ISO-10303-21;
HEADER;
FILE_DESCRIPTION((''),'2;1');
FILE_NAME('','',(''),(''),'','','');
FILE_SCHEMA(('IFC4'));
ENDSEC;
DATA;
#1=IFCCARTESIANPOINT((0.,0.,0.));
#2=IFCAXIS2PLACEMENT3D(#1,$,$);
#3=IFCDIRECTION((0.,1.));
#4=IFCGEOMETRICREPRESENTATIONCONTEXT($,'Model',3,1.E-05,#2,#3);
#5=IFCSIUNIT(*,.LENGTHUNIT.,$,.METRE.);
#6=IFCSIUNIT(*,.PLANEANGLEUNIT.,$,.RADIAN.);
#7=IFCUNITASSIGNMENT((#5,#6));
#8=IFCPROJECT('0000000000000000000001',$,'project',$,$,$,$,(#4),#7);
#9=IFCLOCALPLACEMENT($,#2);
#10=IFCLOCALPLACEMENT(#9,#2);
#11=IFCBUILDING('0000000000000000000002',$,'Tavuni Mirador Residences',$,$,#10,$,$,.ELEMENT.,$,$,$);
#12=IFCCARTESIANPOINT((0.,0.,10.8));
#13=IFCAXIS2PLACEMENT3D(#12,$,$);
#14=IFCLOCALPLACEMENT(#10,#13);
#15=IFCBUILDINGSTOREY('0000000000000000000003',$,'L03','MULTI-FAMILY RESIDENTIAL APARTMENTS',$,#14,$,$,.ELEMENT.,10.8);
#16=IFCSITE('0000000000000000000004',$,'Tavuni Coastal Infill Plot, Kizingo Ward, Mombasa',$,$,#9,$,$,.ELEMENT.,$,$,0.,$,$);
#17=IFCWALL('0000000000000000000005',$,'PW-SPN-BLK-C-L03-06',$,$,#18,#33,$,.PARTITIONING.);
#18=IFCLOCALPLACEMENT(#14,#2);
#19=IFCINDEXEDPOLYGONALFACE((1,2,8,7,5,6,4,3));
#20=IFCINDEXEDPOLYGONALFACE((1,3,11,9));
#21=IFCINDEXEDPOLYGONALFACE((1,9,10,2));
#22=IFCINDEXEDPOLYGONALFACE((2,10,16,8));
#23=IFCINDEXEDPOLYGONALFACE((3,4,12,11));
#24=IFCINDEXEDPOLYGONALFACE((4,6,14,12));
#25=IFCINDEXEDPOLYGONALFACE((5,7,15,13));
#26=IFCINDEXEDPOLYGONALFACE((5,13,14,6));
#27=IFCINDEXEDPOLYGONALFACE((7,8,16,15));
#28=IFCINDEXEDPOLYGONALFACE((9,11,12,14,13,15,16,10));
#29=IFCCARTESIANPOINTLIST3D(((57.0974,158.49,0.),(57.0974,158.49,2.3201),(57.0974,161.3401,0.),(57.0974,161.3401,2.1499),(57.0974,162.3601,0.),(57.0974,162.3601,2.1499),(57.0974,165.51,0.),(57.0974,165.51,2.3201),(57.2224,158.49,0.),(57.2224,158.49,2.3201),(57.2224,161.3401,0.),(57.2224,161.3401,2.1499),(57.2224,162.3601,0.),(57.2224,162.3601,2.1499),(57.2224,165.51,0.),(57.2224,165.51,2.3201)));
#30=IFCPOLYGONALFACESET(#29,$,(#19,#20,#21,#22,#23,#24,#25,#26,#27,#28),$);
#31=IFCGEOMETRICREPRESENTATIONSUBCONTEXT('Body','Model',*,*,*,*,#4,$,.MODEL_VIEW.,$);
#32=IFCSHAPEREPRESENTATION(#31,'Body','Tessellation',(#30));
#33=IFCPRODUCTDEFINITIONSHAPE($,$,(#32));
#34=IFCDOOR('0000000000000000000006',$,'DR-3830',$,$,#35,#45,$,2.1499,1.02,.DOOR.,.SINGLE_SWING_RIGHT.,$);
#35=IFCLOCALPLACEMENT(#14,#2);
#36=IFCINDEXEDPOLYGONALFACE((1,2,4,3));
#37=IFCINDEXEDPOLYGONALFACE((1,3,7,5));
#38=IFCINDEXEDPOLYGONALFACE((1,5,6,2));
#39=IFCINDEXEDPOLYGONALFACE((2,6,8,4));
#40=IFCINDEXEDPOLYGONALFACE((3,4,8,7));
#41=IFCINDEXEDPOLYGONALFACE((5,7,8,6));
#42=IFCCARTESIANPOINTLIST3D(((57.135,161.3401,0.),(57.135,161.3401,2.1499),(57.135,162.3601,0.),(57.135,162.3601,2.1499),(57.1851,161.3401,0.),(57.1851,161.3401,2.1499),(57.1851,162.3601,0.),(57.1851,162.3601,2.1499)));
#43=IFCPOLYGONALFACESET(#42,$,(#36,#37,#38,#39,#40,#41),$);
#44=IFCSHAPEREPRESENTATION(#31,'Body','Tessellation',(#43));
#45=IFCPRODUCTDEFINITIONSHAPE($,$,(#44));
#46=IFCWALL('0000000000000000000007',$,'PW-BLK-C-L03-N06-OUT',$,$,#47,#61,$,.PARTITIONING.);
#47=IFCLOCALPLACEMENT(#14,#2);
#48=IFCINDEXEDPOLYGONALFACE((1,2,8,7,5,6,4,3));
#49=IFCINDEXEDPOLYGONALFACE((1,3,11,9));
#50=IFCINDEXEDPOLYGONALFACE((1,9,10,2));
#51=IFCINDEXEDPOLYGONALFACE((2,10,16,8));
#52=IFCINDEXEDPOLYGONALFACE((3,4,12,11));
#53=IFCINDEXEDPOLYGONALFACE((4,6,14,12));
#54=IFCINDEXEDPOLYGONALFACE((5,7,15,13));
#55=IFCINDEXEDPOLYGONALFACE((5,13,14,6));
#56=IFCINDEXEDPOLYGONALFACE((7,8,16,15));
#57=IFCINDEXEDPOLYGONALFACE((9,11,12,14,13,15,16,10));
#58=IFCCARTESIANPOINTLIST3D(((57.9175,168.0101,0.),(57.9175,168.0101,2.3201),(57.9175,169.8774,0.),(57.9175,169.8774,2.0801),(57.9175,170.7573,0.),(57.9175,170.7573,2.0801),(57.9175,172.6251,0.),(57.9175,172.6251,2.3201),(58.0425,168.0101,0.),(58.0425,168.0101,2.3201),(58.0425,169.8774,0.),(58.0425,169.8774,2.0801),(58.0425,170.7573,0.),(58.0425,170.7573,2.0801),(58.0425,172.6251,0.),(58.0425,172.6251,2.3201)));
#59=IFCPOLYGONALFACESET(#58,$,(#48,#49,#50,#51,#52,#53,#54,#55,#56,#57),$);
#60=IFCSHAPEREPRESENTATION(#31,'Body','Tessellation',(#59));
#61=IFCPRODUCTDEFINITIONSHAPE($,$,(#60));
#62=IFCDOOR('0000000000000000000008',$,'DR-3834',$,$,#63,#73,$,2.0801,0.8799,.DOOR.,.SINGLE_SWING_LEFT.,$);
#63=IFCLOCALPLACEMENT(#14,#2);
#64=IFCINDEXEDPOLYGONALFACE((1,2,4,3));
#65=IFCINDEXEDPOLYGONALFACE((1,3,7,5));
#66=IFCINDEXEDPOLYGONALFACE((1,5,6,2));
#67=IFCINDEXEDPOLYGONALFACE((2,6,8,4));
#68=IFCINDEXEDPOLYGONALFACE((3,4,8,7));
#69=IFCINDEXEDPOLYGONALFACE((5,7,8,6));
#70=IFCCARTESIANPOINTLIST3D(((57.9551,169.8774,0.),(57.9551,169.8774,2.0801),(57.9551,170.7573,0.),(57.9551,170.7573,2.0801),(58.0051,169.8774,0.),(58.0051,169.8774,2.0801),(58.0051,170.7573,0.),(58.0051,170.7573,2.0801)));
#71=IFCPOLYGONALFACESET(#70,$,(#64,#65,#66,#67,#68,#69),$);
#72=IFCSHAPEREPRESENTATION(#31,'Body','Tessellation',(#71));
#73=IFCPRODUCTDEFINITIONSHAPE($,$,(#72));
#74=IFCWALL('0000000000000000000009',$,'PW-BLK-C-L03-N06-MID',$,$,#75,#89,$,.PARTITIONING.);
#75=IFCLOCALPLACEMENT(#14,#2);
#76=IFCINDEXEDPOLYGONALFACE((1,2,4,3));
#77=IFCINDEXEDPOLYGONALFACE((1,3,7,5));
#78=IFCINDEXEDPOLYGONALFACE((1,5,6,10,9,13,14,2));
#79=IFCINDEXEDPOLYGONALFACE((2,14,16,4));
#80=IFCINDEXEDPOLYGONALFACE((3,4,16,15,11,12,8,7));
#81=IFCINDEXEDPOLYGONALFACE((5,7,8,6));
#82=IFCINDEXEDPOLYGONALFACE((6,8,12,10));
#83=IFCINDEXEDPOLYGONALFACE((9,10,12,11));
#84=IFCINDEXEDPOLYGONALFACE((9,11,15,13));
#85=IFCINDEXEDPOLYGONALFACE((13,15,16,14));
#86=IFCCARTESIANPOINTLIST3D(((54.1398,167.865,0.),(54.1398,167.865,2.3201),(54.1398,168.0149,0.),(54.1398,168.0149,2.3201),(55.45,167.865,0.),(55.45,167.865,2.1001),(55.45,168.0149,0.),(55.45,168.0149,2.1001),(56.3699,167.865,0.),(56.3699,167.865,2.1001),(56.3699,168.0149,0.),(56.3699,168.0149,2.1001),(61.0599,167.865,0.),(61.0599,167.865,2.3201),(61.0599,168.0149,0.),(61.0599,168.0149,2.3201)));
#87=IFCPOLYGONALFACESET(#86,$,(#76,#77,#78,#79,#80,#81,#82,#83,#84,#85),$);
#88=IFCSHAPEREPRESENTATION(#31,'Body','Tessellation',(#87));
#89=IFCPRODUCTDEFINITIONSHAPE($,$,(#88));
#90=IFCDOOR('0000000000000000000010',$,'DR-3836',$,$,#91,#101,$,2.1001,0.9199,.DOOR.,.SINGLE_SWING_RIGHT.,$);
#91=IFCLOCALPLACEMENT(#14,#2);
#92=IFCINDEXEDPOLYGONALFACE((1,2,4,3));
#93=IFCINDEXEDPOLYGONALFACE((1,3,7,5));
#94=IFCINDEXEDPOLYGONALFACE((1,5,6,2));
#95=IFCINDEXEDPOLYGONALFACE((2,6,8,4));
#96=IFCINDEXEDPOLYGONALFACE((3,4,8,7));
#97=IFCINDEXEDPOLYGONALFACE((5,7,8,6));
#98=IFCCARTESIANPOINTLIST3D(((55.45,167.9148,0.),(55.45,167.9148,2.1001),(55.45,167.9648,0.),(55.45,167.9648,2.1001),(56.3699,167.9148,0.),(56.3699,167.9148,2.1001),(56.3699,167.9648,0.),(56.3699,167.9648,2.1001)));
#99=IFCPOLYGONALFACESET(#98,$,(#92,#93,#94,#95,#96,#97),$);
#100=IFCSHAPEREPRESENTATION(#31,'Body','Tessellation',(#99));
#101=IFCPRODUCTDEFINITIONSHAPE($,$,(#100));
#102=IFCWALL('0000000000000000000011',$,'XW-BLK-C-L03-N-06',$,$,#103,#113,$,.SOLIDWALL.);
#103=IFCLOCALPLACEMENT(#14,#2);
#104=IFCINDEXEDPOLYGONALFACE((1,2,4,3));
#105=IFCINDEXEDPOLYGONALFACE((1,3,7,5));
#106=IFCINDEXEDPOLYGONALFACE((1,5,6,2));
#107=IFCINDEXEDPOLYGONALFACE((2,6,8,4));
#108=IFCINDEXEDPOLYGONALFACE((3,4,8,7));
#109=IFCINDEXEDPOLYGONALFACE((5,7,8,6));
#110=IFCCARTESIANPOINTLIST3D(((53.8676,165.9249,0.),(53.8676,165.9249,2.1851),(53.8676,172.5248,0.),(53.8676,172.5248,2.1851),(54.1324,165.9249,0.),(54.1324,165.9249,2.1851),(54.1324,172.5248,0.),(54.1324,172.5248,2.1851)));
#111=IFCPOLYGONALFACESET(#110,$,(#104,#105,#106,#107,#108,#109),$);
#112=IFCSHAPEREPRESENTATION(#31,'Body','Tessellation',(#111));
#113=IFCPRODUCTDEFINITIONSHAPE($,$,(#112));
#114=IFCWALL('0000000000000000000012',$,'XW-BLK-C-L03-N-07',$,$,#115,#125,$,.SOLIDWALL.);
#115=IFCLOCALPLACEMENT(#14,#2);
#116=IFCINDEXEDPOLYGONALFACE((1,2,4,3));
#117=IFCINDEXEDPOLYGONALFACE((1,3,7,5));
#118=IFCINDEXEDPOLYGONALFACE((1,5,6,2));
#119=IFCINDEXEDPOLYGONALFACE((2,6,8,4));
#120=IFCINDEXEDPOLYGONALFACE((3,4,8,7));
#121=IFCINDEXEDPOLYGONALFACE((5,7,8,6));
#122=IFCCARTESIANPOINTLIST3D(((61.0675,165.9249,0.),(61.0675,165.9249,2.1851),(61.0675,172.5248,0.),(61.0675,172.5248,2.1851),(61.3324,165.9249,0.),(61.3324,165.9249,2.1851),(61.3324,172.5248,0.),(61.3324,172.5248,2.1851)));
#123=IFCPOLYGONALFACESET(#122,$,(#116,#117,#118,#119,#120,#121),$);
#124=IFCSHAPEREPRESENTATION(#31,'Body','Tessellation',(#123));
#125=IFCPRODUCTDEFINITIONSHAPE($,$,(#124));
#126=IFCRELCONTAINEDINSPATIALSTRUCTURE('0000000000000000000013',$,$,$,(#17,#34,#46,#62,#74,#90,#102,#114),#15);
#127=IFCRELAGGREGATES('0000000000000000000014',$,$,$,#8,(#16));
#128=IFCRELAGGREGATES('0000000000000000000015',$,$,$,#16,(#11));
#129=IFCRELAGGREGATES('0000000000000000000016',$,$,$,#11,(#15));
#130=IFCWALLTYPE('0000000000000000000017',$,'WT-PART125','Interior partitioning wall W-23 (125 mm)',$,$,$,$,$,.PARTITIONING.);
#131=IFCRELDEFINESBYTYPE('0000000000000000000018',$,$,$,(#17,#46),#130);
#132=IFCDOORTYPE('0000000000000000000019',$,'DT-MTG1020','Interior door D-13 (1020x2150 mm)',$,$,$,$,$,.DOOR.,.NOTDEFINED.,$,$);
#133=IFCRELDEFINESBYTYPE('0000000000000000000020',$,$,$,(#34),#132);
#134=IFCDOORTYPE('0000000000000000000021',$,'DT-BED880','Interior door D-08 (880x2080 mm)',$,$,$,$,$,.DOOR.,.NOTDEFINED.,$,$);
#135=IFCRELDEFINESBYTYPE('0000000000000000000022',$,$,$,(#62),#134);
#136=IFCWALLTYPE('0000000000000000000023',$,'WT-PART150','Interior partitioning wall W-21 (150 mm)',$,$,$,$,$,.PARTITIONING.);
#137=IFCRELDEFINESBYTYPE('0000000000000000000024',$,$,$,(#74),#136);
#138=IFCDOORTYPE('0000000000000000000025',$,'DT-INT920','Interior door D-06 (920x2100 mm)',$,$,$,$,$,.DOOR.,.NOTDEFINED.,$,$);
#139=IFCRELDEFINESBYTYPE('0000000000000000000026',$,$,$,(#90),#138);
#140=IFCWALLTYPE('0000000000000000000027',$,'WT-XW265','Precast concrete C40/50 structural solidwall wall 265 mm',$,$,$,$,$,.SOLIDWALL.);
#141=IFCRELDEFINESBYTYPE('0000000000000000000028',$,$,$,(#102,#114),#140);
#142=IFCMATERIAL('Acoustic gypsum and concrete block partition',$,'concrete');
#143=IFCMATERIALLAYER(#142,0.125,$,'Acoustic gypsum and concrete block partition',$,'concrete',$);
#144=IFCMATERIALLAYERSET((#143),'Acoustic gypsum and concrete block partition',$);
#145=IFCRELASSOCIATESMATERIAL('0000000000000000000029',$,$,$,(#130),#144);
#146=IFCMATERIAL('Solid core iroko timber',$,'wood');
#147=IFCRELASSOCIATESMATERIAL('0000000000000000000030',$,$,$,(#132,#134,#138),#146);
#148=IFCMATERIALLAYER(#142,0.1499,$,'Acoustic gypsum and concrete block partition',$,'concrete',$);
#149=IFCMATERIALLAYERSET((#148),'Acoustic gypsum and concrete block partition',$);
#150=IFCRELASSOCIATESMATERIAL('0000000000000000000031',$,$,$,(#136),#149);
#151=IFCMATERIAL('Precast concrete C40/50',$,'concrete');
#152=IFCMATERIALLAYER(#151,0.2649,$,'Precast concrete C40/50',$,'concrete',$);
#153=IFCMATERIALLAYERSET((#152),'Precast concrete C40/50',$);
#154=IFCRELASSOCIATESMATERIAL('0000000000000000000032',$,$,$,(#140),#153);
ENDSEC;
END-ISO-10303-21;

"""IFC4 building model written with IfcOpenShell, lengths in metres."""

from ifc_helpers import new_model, si_unit, direction, frame, frame_2d, origin, place, context, subcontext, project, spatial, rectangle, extrude, material, layer, layer_set, type_object, element, fill, save


model = new_model("IFC4")

# Units and contexts
model_context = context("Model", 3, precision=1e-05, world=origin(), true_north=direction((0.0, 1.0)))
body_context = subcontext(model_context, "Body", "Model", "MODEL_VIEW")
ifc_project = project(units=[si_unit("LENGTHUNIT", "METRE"), si_unit("PLANEANGLEUNIT", "RADIAN")], contexts=[model_context])

# Site, building, storey
site_placement = place(None, origin())
site = spatial("IfcSite", under=ifc_project, at=site_placement, Name="Tavuni Coastal Infill Plot, Kizingo Ward, Mombasa", CompositionType="ELEMENT", RefElevation=0.0)
building_placement = place(site_placement, origin())
building = spatial("IfcBuilding", under=site, at=building_placement, Name="Tavuni Mirador Residences", CompositionType="ELEMENT")
storey_placement = place(building_placement, frame((0.0, 0.0, 10.8)))
storey = spatial("IfcBuildingStorey", under=building, at=storey_placement, Name="L03", Description="MULTI-FAMILY RESIDENTIAL APARTMENTS", CompositionType="ELEMENT", Elevation=10.8)

# Shared definitions
ifc_material_1 = material(Name="Precast concrete C40/50", Category="concrete")

# Shared definitions
ifc_material_2 = material(Name="Solid core iroko timber", Category="wood")

# Walls, openings, doors
ifc_material_3 = material(Name="Acoustic gypsum and concrete block partition", Category="concrete")
ifc_layer_1 = layer(ifc_material_3, 0.125, Name="Acoustic gypsum and concrete block partition", Category="concrete")
ifc_layer_set_1 = layer_set([ifc_layer_1], Name="Acoustic gypsum and concrete block partition")
wall_type_1 = type_object("IfcWallType", Name="WT-PART125", Description="Interior partitioning wall W-23 (125 mm)", PredefinedType="PARTITIONING", material=ifc_layer_set_1)
wall_1_placement = place(storey_placement, frame((57.1599, 158.49, 0.0), z_axis=(0.0, 0.0, 1.0), x_axis=(0.0, 1.0, 0.0)))
wall_1 = element("IfcWall", 1, at=wall_1_placement, inside=storey, type_object=wall_type_1, Name="PW-SPN-BLK-C-L03-06", PredefinedType="PARTITIONING", context=body_context, shape_type="SweptSolid", body=[
    extrude(rectangle(XDim=7.02, YDim=0.125, at=frame_2d((3.51, 0.0))), origin(), (0.0, 0.0, 1.0), 2.3201),
])
opening_1_placement = place(wall_1_placement, frame((2.8501, 0.0, 0.0)))
opening_1 = element("IfcOpeningElement", 2, at=opening_1_placement, cuts=wall_1, PredefinedType="OPENING", context=body_context, shape_type="SweptSolid", body=[
    extrude(rectangle(XDim=1.02, YDim=2.1499, at=frame_2d((0.51, 1.075))), frame((0.0, 0.0725, 0.0), z_axis=(0.0, -1.0, 0.0), x_axis=(1.0, 0.0, 0.0)), (0.0, 0.0, 1.0), 0.145),
])
door_type_1 = type_object("IfcDoorType", Name="DT-MTG1020", Description="Interior door D-13 (1020x2150 mm)", OperationType="NOTDEFINED", PredefinedType="DOOR", material=ifc_material_2)
door_1_placement = place(opening_1_placement, origin())
door_1 = element("IfcDoor", 3, at=door_1_placement, inside=storey, type_object=door_type_1, Name="DR-3830", OperationType="SINGLE_SWING_RIGHT", OverallHeight=2.1499, OverallWidth=1.02, PredefinedType="DOOR", context=body_context, shape_type="SweptSolid", body=[
    extrude(rectangle(XDim=1.02, YDim=2.1499, at=frame_2d((0.51, 1.075))), frame((0.0, 0.0249, 0.0), z_axis=(0.0, -1.0, 0.0), x_axis=(1.0, 0.0, 0.0)), (0.0, 0.0, 1.0), 0.05),
])
fill(opening_1, door_1)
wall_2_placement = place(storey_placement, frame((57.98, 168.01, 0.0), z_axis=(0.0, 0.0, 1.0), x_axis=(0.0, 1.0, 0.0)))
wall_2 = element("IfcWall", 4, at=wall_2_placement, inside=storey, type_object=wall_type_1, Name="PW-BLK-C-L03-N06-OUT", PredefinedType="PARTITIONING", context=body_context, shape_type="SweptSolid", body=[
    extrude(rectangle(XDim=4.615, YDim=0.125, at=frame_2d((2.3076, 0.0))), origin(), (0.0, 0.0, 1.0), 2.3201),
])
opening_2_placement = place(wall_2_placement, frame((1.8674, 0.0, 0.0)))
opening_2 = element("IfcOpeningElement", 5, at=opening_2_placement, cuts=wall_2, PredefinedType="OPENING", context=body_context, shape_type="SweptSolid", body=[
    extrude(rectangle(XDim=0.8799, YDim=2.0801, at=frame_2d((0.4399, 1.04))), frame((0.0, 0.0725, 0.0), z_axis=(0.0, -1.0, 0.0), x_axis=(1.0, 0.0, 0.0)), (0.0, 0.0, 1.0), 0.145),
])
door_type_2 = type_object("IfcDoorType", Name="DT-BED880", Description="Interior door D-08 (880x2080 mm)", OperationType="NOTDEFINED", PredefinedType="DOOR", material=ifc_material_2)
door_2_placement = place(opening_2_placement, origin())
door_2 = element("IfcDoor", 6, at=door_2_placement, inside=storey, type_object=door_type_2, Name="DR-3834", OperationType="SINGLE_SWING_LEFT", OverallHeight=2.0801, OverallWidth=0.8799, PredefinedType="DOOR", context=body_context, shape_type="SweptSolid", body=[
    extrude(rectangle(XDim=0.8799, YDim=2.0801, at=frame_2d((0.4399, 1.04))), frame((0.0, 0.0249, 0.0), z_axis=(0.0, -1.0, 0.0), x_axis=(1.0, 0.0, 0.0)), (0.0, 0.0, 1.0), 0.05),
])
fill(opening_2, door_2)
ifc_layer_2 = layer(ifc_material_3, 0.1499, Name="Acoustic gypsum and concrete block partition", Category="concrete")
ifc_layer_set_2 = layer_set([ifc_layer_2], Name="Acoustic gypsum and concrete block partition")
wall_type_2 = type_object("IfcWallType", Name="WT-PART150", Description="Interior partitioning wall W-21 (150 mm)", PredefinedType="PARTITIONING", material=ifc_layer_set_2)
wall_3_placement = place(storey_placement, frame((54.1399, 167.9399, 0.0), z_axis=(0.0, 0.0, 1.0), x_axis=(1.0, 0.0, 0.0)))
wall_3 = element("IfcWall", 7, at=wall_3_placement, inside=storey, type_object=wall_type_2, Name="PW-BLK-C-L03-N06-MID", PredefinedType="PARTITIONING", context=body_context, shape_type="SweptSolid", body=[
    extrude(rectangle(XDim=6.9202, YDim=0.1499, at=frame_2d((3.46, 0.0))), origin(), (0.0, 0.0, 1.0), 2.3201),
])
opening_3_placement = place(wall_3_placement, frame((1.3101, 0.0, 0.0)))
opening_3 = element("IfcOpeningElement", 8, at=opening_3_placement, cuts=wall_3, PredefinedType="OPENING", context=body_context, shape_type="SweptSolid", body=[
    extrude(rectangle(XDim=0.9199, YDim=2.1001, at=frame_2d((0.46, 1.05))), frame((0.0, 0.085, 0.0), z_axis=(0.0, -1.0, 0.0), x_axis=(1.0, 0.0, 0.0)), (0.0, 0.0, 1.0), 0.1699),
])
door_type_3 = type_object("IfcDoorType", Name="DT-INT920", Description="Interior door D-06 (920x2100 mm)", OperationType="NOTDEFINED", PredefinedType="DOOR", material=ifc_material_2)
door_3_placement = place(opening_3_placement, origin())
door_3 = element("IfcDoor", 9, at=door_3_placement, inside=storey, type_object=door_type_3, Name="DR-3836", OperationType="SINGLE_SWING_RIGHT", OverallHeight=2.1001, OverallWidth=0.9199, PredefinedType="DOOR", context=body_context, shape_type="SweptSolid", body=[
    extrude(rectangle(XDim=0.9199, YDim=2.1001, at=frame_2d((0.46, 1.05))), frame((0.0, 0.0249, 0.0), z_axis=(0.0, -1.0, 0.0), x_axis=(1.0, 0.0, 0.0)), (0.0, 0.0, 1.0), 0.05),
])
fill(opening_3, door_3)

# Walls
ifc_layer_3 = layer(ifc_material_1, 0.2649, Name="Precast concrete C40/50", Category="concrete")
ifc_layer_set_3 = layer_set([ifc_layer_3], Name="Precast concrete C40/50")
wall_type_3 = type_object("IfcWallType", Name="WT-XW265", Description="Precast concrete C40/50 structural solidwall wall 265 mm", PredefinedType="SOLIDWALL", material=ifc_layer_set_3)
for number, where, z_axis, x_axis, name in (
    (10, (54.0, 165.925, 0.0), (0.0, 0.0, 1.0), (0.0, 1.0, 0.0), "XW-BLK-C-L03-N-06"),
    (11, (61.2, 165.925, 0.0), (0.0, 0.0, 1.0), (0.0, 1.0, 0.0), "XW-BLK-C-L03-N-07"),
):
    element("IfcWall", number, at=place(storey_placement, frame(where, z_axis=z_axis, x_axis=x_axis)), inside=storey, type_object=wall_type_3, Name=name, PredefinedType="SOLIDWALL", context=body_context, shape_type="SweptSolid", body=[
        extrude(rectangle(XDim=6.5999, YDim=0.2649, at=frame_2d((3.2998, 0.0))), origin(), (0.0, 0.0, 1.0), 2.1851),
    ])

save(model, "model.ifc")
